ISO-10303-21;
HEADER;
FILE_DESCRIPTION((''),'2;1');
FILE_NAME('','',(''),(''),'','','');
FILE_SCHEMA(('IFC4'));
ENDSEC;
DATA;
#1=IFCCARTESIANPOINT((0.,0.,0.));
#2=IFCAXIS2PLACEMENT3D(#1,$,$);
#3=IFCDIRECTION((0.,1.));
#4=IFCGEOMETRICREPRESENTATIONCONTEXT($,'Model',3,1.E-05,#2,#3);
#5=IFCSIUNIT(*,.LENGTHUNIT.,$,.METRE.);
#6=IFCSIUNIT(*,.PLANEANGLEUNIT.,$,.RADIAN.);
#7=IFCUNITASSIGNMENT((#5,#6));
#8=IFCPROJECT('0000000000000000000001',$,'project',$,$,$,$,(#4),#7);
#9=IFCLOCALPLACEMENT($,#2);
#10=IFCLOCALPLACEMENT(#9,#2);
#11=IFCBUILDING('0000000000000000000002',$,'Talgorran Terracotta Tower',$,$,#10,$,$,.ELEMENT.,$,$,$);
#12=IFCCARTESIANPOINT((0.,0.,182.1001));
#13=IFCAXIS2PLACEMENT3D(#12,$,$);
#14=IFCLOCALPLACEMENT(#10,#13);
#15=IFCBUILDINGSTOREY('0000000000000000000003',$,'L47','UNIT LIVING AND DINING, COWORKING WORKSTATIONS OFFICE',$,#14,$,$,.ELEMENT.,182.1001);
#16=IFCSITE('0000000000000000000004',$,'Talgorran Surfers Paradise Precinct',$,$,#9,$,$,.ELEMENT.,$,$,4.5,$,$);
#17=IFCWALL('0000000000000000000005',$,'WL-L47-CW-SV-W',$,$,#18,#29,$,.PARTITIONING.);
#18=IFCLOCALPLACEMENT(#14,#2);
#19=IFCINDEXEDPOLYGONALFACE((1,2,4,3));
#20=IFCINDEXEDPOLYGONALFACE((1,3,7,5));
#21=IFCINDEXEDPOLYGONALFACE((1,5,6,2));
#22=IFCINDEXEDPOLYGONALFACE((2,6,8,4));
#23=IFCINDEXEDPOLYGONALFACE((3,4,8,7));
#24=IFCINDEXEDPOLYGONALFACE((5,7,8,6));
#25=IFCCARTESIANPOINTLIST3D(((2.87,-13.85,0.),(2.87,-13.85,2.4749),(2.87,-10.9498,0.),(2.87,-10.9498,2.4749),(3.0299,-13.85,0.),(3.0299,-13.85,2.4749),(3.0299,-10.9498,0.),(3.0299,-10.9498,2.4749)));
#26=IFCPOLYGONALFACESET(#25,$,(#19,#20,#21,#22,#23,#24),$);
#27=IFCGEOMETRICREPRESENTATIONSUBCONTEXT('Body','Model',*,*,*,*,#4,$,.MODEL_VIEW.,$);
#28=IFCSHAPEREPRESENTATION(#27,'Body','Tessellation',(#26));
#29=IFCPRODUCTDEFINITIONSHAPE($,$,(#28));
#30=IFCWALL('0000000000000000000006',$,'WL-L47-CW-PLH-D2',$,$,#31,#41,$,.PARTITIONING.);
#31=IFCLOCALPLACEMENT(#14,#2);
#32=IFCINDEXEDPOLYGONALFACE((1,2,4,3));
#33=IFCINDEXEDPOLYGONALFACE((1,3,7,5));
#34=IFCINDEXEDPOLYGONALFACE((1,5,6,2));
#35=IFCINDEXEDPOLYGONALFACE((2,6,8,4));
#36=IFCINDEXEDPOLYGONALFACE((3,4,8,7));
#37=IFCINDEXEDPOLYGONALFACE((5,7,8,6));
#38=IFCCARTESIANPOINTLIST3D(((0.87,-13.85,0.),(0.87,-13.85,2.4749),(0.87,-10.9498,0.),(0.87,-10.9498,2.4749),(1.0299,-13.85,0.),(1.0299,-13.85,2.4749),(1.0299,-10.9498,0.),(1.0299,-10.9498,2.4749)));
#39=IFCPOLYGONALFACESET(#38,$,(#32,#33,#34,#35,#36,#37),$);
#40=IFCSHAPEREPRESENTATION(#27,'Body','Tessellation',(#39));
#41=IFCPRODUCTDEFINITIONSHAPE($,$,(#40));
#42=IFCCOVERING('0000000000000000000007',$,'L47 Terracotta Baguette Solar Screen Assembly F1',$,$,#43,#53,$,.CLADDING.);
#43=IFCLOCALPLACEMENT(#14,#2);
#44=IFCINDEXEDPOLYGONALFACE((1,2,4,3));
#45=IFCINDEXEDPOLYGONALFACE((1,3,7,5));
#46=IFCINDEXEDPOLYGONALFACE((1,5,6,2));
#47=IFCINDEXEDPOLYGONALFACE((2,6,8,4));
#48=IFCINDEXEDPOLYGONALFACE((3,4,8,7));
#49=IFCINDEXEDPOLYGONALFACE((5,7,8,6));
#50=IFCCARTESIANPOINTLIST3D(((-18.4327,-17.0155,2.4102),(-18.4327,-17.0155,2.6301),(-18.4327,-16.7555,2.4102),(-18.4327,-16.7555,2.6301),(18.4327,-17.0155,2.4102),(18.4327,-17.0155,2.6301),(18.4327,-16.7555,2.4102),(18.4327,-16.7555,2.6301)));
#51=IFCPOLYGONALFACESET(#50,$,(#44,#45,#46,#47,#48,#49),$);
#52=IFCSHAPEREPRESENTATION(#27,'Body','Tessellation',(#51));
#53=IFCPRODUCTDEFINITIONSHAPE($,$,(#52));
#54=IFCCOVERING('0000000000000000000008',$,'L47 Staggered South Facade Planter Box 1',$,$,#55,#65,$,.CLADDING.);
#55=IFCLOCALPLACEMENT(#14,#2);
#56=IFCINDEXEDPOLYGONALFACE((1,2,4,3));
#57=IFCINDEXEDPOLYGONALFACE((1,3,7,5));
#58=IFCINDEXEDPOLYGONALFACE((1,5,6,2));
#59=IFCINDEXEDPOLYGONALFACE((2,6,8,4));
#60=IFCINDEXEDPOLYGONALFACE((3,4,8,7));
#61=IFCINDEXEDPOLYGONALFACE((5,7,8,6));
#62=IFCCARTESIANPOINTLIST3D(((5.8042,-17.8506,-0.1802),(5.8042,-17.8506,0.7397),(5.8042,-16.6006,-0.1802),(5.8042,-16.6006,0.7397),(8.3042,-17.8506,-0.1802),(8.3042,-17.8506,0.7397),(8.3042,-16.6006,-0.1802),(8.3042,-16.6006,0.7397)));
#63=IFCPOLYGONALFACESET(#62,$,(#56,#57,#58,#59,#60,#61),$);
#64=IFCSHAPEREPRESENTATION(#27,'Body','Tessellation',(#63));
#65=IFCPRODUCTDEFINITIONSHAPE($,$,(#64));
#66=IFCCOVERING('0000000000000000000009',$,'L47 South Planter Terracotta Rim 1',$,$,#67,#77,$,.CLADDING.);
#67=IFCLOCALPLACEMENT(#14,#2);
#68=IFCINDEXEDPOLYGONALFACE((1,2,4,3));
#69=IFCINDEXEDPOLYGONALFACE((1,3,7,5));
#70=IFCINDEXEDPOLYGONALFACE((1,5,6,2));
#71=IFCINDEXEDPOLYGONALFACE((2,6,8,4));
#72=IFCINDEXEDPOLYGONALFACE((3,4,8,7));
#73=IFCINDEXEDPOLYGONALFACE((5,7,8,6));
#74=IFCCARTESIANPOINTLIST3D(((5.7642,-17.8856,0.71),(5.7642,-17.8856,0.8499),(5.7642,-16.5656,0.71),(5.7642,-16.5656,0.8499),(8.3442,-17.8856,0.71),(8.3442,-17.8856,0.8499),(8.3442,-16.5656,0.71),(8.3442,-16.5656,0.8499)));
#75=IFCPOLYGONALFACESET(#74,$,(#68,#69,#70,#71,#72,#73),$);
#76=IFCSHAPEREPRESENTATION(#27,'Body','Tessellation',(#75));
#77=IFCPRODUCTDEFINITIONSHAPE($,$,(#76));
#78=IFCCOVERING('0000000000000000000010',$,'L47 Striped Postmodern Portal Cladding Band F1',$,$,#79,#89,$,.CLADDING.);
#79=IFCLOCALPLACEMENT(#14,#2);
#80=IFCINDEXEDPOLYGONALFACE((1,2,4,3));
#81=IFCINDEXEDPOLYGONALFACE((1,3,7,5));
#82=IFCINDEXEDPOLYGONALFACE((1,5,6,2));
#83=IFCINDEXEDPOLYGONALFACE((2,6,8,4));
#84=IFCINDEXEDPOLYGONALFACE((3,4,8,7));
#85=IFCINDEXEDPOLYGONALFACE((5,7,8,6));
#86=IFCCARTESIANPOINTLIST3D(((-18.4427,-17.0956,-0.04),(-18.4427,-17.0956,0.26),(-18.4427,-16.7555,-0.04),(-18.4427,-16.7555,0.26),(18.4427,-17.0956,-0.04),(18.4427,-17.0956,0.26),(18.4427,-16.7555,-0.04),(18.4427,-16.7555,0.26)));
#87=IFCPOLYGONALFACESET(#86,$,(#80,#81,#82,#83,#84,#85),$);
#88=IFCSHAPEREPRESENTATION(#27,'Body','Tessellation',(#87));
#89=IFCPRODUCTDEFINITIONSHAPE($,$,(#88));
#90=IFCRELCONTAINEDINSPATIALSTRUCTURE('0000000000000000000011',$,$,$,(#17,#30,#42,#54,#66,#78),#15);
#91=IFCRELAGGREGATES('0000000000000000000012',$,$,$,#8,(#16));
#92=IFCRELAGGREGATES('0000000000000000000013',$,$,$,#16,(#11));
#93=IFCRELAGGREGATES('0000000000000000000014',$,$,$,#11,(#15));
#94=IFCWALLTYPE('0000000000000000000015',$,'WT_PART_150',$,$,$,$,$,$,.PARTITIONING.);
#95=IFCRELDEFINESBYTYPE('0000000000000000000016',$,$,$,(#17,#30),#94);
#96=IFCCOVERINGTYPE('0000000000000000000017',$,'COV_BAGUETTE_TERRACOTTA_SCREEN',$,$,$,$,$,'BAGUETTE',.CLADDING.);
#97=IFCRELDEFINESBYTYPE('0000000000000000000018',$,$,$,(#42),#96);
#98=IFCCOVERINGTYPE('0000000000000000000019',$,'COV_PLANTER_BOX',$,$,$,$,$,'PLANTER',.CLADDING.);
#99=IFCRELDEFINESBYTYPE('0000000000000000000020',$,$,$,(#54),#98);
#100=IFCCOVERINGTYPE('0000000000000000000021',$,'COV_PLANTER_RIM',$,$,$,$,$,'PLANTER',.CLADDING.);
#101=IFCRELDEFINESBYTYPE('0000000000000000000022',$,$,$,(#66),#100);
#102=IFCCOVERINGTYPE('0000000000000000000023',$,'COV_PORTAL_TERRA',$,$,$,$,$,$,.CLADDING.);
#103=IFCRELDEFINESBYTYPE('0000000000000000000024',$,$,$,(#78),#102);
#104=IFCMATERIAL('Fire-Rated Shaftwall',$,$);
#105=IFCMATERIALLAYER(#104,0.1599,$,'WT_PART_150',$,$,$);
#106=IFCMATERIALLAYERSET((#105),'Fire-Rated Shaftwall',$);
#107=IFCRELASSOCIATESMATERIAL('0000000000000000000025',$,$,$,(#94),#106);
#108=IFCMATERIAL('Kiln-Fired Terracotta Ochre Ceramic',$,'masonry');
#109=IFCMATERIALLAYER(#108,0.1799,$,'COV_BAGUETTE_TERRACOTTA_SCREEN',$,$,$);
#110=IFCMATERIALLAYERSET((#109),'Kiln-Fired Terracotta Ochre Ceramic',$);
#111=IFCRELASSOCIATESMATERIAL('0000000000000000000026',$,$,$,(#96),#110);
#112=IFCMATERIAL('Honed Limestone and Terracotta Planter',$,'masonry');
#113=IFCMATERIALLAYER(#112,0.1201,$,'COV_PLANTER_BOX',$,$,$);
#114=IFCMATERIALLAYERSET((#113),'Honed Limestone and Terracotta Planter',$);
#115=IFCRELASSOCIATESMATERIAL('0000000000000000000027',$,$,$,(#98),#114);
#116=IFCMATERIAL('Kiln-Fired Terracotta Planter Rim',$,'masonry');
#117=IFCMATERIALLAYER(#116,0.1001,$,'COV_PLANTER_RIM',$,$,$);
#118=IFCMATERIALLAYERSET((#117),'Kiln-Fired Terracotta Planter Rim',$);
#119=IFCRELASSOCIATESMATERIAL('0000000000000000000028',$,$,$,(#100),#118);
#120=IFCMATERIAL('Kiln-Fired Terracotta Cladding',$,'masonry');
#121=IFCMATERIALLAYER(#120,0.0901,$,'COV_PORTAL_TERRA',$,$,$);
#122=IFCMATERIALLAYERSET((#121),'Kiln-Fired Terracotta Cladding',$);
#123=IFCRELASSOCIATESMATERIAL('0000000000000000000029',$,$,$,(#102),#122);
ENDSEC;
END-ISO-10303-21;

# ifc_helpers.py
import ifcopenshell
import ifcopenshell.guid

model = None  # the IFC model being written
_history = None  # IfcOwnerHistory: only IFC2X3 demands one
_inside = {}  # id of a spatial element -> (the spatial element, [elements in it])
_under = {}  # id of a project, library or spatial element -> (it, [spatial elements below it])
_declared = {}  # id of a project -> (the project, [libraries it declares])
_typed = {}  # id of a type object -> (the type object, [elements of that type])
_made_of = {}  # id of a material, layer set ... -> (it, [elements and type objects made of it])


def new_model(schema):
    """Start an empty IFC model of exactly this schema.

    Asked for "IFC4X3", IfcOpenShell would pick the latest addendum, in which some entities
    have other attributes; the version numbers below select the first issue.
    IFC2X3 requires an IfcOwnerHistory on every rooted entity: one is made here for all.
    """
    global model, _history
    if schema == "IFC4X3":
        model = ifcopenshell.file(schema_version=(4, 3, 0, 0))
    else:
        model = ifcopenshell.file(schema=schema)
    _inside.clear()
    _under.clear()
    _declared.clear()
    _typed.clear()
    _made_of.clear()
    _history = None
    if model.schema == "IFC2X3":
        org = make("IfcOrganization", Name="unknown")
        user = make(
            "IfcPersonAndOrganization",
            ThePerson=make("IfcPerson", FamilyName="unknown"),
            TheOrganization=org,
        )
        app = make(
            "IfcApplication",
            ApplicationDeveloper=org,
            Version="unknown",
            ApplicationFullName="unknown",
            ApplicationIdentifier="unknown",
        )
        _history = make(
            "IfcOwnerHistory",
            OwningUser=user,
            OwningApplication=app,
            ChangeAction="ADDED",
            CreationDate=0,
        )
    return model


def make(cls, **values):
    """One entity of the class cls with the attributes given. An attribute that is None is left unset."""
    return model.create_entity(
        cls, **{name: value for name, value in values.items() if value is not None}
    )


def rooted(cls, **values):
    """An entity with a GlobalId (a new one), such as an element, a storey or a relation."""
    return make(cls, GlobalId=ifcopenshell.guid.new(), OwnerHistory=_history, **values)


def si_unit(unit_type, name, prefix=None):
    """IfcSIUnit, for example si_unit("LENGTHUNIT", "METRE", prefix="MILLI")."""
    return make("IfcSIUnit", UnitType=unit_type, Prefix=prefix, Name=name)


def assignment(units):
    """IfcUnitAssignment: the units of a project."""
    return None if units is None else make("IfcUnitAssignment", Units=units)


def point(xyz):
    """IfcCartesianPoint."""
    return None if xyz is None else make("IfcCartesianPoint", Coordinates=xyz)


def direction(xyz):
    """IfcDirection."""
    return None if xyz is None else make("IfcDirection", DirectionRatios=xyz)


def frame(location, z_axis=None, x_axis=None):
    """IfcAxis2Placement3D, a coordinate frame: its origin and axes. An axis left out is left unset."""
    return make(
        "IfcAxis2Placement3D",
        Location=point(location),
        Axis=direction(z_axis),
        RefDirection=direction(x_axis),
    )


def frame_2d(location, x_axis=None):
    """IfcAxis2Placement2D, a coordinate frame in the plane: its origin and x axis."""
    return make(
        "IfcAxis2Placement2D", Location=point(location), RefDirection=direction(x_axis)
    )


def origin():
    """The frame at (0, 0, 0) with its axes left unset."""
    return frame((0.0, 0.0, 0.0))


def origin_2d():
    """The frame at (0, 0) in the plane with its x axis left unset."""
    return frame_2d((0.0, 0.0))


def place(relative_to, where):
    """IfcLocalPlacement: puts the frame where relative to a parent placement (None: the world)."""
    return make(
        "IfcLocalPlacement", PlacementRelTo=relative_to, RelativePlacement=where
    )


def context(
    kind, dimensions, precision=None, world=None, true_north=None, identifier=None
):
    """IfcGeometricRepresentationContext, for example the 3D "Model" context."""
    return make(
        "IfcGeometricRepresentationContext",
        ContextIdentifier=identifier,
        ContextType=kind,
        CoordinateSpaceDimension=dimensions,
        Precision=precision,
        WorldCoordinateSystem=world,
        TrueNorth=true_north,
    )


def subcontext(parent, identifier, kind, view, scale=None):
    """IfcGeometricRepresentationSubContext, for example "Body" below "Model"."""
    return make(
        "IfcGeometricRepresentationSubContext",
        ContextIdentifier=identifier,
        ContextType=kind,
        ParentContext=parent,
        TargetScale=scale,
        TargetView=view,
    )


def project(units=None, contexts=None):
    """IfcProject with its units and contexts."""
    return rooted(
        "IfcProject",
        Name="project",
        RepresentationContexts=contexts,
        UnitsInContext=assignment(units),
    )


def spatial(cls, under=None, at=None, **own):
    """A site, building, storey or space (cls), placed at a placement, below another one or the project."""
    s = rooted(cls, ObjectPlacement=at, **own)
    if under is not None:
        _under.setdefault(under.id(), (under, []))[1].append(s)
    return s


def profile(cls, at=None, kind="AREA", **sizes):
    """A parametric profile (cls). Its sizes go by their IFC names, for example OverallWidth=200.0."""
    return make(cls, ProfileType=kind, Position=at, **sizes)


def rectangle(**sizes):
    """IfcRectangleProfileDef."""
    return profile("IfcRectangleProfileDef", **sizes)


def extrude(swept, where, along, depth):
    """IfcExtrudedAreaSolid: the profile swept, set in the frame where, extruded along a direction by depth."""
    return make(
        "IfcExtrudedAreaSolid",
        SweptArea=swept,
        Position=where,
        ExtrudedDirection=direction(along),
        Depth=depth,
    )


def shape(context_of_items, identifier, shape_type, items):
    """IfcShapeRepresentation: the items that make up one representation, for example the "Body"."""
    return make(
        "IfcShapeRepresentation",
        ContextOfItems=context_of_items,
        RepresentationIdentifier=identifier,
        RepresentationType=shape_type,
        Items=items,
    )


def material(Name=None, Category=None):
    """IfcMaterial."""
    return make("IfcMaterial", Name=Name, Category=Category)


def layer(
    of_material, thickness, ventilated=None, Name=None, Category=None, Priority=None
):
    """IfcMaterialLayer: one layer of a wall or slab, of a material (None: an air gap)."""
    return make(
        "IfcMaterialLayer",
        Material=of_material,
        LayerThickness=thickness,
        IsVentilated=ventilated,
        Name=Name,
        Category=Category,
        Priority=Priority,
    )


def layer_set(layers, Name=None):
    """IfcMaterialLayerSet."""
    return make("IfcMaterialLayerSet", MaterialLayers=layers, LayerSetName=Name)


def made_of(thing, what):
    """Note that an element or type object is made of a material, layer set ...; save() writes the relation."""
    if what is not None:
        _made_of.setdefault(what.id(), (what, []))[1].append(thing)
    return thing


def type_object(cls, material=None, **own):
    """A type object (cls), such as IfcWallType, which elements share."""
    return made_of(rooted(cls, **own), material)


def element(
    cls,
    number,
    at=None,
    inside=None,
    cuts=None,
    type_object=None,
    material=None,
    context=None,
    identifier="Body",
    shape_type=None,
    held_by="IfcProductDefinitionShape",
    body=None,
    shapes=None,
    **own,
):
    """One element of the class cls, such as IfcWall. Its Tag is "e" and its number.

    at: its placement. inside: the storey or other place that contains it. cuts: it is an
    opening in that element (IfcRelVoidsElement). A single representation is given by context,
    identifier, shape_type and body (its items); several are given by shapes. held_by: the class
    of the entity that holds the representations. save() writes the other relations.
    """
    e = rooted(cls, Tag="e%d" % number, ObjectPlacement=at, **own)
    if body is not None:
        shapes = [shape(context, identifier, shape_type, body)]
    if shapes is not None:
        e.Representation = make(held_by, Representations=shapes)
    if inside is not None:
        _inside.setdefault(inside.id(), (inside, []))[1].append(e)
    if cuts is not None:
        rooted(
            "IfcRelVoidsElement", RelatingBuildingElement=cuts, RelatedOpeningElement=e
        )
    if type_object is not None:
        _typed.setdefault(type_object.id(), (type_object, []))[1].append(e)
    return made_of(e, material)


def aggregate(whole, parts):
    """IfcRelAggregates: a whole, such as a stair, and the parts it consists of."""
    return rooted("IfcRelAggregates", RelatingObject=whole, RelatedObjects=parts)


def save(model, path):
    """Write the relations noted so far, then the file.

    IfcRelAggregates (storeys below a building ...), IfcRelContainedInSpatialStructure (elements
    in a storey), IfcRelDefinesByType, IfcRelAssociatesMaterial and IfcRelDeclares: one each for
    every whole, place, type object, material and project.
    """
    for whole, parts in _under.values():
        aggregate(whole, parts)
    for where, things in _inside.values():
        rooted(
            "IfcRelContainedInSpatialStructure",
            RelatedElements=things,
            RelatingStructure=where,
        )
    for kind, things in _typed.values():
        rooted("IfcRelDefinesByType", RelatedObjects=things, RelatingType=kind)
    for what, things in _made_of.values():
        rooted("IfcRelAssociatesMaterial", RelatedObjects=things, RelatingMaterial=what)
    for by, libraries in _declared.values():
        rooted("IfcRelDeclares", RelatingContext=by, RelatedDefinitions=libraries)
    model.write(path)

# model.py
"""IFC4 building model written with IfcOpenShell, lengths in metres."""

from ifc_helpers import new_model, si_unit, direction, frame, frame_2d, origin, origin_2d, place, context, subcontext, project, spatial, rectangle, extrude, material, layer, layer_set, type_object, element, save


model = new_model("IFC4")

# Units and contexts
model_context = context("Model", 3, precision=1e-05, world=origin(), true_north=direction((0.0, 1.0)))
body_context = subcontext(model_context, "Body", "Model", "MODEL_VIEW")
ifc_project = project(units=[si_unit("LENGTHUNIT", "METRE"), si_unit("PLANEANGLEUNIT", "RADIAN")], contexts=[model_context])

# Site, building, storey
site_placement = place(None, origin())
site = spatial("IfcSite", under=ifc_project, at=site_placement, Name="Talgorran Surfers Paradise Precinct", CompositionType="ELEMENT", RefElevation=4.5)
building_placement = place(site_placement, origin())
building = spatial("IfcBuilding", under=site, at=building_placement, Name="Talgorran Terracotta Tower", CompositionType="ELEMENT")
storey_placement = place(building_placement, frame((0.0, 0.0, 182.1001)))
storey = spatial("IfcBuildingStorey", under=building, at=storey_placement, Name="L47", Description="UNIT LIVING AND DINING, COWORKING WORKSTATIONS OFFICE", CompositionType="ELEMENT", Elevation=182.1001)

# Walls
ifc_material_1 = material(Name="Fire-Rated Shaftwall")
ifc_layer_1 = layer(ifc_material_1, 0.1599, Name="WT_PART_150")
ifc_layer_set_1 = layer_set([ifc_layer_1], Name="Fire-Rated Shaftwall")
wall_type_1 = type_object("IfcWallType", Name="WT_PART_150", PredefinedType="PARTITIONING", material=ifc_layer_set_1)
for number, where, z_axis, x_axis, name in (
    (1, (2.95, -13.8501, 0.0), (0.0, 0.0, 1.0), (0.0, 1.0, 0.0), "WL-L47-CW-SV-W"),
    (2, (0.95, -13.8501, 0.0), (0.0, 0.0, 1.0), (0.0, 1.0, 0.0), "WL-L47-CW-PLH-D2"),
):
    element("IfcWall", number, at=place(storey_placement, frame(where, z_axis=z_axis, x_axis=x_axis)), inside=storey, type_object=wall_type_1, Name=name, PredefinedType="PARTITIONING", context=body_context, shape_type="SweptSolid", body=[
        extrude(rectangle(XDim=2.9001, YDim=0.1599, at=frame_2d((1.4502, 0.0))), origin(), (0.0, 0.0, 1.0), 2.4749),
    ])

# Coverings
ifc_material_2 = material(Name="Kiln-Fired Terracotta Ochre Ceramic", Category="masonry")
ifc_layer_2 = layer(ifc_material_2, 0.1799, Name="COV_BAGUETTE_TERRACOTTA_SCREEN")
ifc_layer_set_2 = layer_set([ifc_layer_2], Name="Kiln-Fired Terracotta Ochre Ceramic")
covering_type_1 = type_object("IfcCoveringType", Name="COV_BAGUETTE_TERRACOTTA_SCREEN", ElementType="BAGUETTE", PredefinedType="CLADDING", material=ifc_layer_set_2)
covering_1_placement = place(storey_placement, frame((0.0, -16.8855, 2.4102), z_axis=(0.0, 0.0, 1.0), x_axis=(1.0, 0.0, 0.0)))
element("IfcCovering", 3, at=covering_1_placement, inside=storey, type_object=covering_type_1, Name="L47 Terracotta Baguette Solar Screen Assembly F1", PredefinedType="CLADDING", context=body_context, shape_type="SweptSolid", body=[
    extrude(rectangle(XDim=36.8655, YDim=0.26, at=origin_2d()), origin(), (0.0, 0.0, 1.0), 0.22),
])
ifc_material_3 = material(Name="Honed Limestone and Terracotta Planter", Category="masonry")
ifc_layer_3 = layer(ifc_material_3, 0.1201, Name="COV_PLANTER_BOX")
ifc_layer_set_3 = layer_set([ifc_layer_3], Name="Honed Limestone and Terracotta Planter")
covering_type_2 = type_object("IfcCoveringType", Name="COV_PLANTER_BOX", ElementType="PLANTER", PredefinedType="CLADDING", material=ifc_layer_set_3)
covering_2_placement = place(storey_placement, frame((7.0542, -17.2256, -0.1802), z_axis=(0.0, 0.0, 1.0), x_axis=(1.0, 0.0, 0.0)))
element("IfcCovering", 4, at=covering_2_placement, inside=storey, type_object=covering_type_2, Name="L47 Staggered South Facade Planter Box 1", PredefinedType="CLADDING", context=body_context, shape_type="SweptSolid", body=[
    extrude(rectangle(XDim=2.5, YDim=1.25, at=origin_2d()), origin(), (0.0, 0.0, 1.0), 0.9199),
])
ifc_material_4 = material(Name="Kiln-Fired Terracotta Planter Rim", Category="masonry")
ifc_layer_4 = layer(ifc_material_4, 0.1001, Name="COV_PLANTER_RIM")
ifc_layer_set_4 = layer_set([ifc_layer_4], Name="Kiln-Fired Terracotta Planter Rim")
covering_type_3 = type_object("IfcCoveringType", Name="COV_PLANTER_RIM", ElementType="PLANTER", PredefinedType="CLADDING", material=ifc_layer_set_4)
covering_3_placement = place(storey_placement, frame((7.0542, -17.2256, 0.71), z_axis=(0.0, 0.0, 1.0), x_axis=(1.0, 0.0, 0.0)))
element("IfcCovering", 5, at=covering_3_placement, inside=storey, type_object=covering_type_3, Name="L47 South Planter Terracotta Rim 1", PredefinedType="CLADDING", context=body_context, shape_type="SweptSolid", body=[
    extrude(rectangle(XDim=2.5801, YDim=1.3201, at=origin_2d()), origin(), (0.0, 0.0, 1.0), 0.1399),
])
ifc_material_5 = material(Name="Kiln-Fired Terracotta Cladding", Category="masonry")
ifc_layer_5 = layer(ifc_material_5, 0.0901, Name="COV_PORTAL_TERRA")
ifc_layer_set_5 = layer_set([ifc_layer_5], Name="Kiln-Fired Terracotta Cladding")
covering_type_4 = type_object("IfcCoveringType", Name="COV_PORTAL_TERRA", PredefinedType="CLADDING", material=ifc_layer_set_5)
covering_4_placement = place(storey_placement, frame((0.0, -16.9255, -0.04), z_axis=(0.0, 0.0, 1.0), x_axis=(1.0, 0.0, 0.0)))
element("IfcCovering", 6, at=covering_4_placement, inside=storey, type_object=covering_type_4, Name="L47 Striped Postmodern Portal Cladding Band F1", PredefinedType="CLADDING", context=body_context, shape_type="SweptSolid", body=[
    extrude(rectangle(XDim=36.8855, YDim=0.3401, at=origin_2d()), origin(), (0.0, 0.0, 1.0), 0.3),
])

save(model, "model.ifc")
